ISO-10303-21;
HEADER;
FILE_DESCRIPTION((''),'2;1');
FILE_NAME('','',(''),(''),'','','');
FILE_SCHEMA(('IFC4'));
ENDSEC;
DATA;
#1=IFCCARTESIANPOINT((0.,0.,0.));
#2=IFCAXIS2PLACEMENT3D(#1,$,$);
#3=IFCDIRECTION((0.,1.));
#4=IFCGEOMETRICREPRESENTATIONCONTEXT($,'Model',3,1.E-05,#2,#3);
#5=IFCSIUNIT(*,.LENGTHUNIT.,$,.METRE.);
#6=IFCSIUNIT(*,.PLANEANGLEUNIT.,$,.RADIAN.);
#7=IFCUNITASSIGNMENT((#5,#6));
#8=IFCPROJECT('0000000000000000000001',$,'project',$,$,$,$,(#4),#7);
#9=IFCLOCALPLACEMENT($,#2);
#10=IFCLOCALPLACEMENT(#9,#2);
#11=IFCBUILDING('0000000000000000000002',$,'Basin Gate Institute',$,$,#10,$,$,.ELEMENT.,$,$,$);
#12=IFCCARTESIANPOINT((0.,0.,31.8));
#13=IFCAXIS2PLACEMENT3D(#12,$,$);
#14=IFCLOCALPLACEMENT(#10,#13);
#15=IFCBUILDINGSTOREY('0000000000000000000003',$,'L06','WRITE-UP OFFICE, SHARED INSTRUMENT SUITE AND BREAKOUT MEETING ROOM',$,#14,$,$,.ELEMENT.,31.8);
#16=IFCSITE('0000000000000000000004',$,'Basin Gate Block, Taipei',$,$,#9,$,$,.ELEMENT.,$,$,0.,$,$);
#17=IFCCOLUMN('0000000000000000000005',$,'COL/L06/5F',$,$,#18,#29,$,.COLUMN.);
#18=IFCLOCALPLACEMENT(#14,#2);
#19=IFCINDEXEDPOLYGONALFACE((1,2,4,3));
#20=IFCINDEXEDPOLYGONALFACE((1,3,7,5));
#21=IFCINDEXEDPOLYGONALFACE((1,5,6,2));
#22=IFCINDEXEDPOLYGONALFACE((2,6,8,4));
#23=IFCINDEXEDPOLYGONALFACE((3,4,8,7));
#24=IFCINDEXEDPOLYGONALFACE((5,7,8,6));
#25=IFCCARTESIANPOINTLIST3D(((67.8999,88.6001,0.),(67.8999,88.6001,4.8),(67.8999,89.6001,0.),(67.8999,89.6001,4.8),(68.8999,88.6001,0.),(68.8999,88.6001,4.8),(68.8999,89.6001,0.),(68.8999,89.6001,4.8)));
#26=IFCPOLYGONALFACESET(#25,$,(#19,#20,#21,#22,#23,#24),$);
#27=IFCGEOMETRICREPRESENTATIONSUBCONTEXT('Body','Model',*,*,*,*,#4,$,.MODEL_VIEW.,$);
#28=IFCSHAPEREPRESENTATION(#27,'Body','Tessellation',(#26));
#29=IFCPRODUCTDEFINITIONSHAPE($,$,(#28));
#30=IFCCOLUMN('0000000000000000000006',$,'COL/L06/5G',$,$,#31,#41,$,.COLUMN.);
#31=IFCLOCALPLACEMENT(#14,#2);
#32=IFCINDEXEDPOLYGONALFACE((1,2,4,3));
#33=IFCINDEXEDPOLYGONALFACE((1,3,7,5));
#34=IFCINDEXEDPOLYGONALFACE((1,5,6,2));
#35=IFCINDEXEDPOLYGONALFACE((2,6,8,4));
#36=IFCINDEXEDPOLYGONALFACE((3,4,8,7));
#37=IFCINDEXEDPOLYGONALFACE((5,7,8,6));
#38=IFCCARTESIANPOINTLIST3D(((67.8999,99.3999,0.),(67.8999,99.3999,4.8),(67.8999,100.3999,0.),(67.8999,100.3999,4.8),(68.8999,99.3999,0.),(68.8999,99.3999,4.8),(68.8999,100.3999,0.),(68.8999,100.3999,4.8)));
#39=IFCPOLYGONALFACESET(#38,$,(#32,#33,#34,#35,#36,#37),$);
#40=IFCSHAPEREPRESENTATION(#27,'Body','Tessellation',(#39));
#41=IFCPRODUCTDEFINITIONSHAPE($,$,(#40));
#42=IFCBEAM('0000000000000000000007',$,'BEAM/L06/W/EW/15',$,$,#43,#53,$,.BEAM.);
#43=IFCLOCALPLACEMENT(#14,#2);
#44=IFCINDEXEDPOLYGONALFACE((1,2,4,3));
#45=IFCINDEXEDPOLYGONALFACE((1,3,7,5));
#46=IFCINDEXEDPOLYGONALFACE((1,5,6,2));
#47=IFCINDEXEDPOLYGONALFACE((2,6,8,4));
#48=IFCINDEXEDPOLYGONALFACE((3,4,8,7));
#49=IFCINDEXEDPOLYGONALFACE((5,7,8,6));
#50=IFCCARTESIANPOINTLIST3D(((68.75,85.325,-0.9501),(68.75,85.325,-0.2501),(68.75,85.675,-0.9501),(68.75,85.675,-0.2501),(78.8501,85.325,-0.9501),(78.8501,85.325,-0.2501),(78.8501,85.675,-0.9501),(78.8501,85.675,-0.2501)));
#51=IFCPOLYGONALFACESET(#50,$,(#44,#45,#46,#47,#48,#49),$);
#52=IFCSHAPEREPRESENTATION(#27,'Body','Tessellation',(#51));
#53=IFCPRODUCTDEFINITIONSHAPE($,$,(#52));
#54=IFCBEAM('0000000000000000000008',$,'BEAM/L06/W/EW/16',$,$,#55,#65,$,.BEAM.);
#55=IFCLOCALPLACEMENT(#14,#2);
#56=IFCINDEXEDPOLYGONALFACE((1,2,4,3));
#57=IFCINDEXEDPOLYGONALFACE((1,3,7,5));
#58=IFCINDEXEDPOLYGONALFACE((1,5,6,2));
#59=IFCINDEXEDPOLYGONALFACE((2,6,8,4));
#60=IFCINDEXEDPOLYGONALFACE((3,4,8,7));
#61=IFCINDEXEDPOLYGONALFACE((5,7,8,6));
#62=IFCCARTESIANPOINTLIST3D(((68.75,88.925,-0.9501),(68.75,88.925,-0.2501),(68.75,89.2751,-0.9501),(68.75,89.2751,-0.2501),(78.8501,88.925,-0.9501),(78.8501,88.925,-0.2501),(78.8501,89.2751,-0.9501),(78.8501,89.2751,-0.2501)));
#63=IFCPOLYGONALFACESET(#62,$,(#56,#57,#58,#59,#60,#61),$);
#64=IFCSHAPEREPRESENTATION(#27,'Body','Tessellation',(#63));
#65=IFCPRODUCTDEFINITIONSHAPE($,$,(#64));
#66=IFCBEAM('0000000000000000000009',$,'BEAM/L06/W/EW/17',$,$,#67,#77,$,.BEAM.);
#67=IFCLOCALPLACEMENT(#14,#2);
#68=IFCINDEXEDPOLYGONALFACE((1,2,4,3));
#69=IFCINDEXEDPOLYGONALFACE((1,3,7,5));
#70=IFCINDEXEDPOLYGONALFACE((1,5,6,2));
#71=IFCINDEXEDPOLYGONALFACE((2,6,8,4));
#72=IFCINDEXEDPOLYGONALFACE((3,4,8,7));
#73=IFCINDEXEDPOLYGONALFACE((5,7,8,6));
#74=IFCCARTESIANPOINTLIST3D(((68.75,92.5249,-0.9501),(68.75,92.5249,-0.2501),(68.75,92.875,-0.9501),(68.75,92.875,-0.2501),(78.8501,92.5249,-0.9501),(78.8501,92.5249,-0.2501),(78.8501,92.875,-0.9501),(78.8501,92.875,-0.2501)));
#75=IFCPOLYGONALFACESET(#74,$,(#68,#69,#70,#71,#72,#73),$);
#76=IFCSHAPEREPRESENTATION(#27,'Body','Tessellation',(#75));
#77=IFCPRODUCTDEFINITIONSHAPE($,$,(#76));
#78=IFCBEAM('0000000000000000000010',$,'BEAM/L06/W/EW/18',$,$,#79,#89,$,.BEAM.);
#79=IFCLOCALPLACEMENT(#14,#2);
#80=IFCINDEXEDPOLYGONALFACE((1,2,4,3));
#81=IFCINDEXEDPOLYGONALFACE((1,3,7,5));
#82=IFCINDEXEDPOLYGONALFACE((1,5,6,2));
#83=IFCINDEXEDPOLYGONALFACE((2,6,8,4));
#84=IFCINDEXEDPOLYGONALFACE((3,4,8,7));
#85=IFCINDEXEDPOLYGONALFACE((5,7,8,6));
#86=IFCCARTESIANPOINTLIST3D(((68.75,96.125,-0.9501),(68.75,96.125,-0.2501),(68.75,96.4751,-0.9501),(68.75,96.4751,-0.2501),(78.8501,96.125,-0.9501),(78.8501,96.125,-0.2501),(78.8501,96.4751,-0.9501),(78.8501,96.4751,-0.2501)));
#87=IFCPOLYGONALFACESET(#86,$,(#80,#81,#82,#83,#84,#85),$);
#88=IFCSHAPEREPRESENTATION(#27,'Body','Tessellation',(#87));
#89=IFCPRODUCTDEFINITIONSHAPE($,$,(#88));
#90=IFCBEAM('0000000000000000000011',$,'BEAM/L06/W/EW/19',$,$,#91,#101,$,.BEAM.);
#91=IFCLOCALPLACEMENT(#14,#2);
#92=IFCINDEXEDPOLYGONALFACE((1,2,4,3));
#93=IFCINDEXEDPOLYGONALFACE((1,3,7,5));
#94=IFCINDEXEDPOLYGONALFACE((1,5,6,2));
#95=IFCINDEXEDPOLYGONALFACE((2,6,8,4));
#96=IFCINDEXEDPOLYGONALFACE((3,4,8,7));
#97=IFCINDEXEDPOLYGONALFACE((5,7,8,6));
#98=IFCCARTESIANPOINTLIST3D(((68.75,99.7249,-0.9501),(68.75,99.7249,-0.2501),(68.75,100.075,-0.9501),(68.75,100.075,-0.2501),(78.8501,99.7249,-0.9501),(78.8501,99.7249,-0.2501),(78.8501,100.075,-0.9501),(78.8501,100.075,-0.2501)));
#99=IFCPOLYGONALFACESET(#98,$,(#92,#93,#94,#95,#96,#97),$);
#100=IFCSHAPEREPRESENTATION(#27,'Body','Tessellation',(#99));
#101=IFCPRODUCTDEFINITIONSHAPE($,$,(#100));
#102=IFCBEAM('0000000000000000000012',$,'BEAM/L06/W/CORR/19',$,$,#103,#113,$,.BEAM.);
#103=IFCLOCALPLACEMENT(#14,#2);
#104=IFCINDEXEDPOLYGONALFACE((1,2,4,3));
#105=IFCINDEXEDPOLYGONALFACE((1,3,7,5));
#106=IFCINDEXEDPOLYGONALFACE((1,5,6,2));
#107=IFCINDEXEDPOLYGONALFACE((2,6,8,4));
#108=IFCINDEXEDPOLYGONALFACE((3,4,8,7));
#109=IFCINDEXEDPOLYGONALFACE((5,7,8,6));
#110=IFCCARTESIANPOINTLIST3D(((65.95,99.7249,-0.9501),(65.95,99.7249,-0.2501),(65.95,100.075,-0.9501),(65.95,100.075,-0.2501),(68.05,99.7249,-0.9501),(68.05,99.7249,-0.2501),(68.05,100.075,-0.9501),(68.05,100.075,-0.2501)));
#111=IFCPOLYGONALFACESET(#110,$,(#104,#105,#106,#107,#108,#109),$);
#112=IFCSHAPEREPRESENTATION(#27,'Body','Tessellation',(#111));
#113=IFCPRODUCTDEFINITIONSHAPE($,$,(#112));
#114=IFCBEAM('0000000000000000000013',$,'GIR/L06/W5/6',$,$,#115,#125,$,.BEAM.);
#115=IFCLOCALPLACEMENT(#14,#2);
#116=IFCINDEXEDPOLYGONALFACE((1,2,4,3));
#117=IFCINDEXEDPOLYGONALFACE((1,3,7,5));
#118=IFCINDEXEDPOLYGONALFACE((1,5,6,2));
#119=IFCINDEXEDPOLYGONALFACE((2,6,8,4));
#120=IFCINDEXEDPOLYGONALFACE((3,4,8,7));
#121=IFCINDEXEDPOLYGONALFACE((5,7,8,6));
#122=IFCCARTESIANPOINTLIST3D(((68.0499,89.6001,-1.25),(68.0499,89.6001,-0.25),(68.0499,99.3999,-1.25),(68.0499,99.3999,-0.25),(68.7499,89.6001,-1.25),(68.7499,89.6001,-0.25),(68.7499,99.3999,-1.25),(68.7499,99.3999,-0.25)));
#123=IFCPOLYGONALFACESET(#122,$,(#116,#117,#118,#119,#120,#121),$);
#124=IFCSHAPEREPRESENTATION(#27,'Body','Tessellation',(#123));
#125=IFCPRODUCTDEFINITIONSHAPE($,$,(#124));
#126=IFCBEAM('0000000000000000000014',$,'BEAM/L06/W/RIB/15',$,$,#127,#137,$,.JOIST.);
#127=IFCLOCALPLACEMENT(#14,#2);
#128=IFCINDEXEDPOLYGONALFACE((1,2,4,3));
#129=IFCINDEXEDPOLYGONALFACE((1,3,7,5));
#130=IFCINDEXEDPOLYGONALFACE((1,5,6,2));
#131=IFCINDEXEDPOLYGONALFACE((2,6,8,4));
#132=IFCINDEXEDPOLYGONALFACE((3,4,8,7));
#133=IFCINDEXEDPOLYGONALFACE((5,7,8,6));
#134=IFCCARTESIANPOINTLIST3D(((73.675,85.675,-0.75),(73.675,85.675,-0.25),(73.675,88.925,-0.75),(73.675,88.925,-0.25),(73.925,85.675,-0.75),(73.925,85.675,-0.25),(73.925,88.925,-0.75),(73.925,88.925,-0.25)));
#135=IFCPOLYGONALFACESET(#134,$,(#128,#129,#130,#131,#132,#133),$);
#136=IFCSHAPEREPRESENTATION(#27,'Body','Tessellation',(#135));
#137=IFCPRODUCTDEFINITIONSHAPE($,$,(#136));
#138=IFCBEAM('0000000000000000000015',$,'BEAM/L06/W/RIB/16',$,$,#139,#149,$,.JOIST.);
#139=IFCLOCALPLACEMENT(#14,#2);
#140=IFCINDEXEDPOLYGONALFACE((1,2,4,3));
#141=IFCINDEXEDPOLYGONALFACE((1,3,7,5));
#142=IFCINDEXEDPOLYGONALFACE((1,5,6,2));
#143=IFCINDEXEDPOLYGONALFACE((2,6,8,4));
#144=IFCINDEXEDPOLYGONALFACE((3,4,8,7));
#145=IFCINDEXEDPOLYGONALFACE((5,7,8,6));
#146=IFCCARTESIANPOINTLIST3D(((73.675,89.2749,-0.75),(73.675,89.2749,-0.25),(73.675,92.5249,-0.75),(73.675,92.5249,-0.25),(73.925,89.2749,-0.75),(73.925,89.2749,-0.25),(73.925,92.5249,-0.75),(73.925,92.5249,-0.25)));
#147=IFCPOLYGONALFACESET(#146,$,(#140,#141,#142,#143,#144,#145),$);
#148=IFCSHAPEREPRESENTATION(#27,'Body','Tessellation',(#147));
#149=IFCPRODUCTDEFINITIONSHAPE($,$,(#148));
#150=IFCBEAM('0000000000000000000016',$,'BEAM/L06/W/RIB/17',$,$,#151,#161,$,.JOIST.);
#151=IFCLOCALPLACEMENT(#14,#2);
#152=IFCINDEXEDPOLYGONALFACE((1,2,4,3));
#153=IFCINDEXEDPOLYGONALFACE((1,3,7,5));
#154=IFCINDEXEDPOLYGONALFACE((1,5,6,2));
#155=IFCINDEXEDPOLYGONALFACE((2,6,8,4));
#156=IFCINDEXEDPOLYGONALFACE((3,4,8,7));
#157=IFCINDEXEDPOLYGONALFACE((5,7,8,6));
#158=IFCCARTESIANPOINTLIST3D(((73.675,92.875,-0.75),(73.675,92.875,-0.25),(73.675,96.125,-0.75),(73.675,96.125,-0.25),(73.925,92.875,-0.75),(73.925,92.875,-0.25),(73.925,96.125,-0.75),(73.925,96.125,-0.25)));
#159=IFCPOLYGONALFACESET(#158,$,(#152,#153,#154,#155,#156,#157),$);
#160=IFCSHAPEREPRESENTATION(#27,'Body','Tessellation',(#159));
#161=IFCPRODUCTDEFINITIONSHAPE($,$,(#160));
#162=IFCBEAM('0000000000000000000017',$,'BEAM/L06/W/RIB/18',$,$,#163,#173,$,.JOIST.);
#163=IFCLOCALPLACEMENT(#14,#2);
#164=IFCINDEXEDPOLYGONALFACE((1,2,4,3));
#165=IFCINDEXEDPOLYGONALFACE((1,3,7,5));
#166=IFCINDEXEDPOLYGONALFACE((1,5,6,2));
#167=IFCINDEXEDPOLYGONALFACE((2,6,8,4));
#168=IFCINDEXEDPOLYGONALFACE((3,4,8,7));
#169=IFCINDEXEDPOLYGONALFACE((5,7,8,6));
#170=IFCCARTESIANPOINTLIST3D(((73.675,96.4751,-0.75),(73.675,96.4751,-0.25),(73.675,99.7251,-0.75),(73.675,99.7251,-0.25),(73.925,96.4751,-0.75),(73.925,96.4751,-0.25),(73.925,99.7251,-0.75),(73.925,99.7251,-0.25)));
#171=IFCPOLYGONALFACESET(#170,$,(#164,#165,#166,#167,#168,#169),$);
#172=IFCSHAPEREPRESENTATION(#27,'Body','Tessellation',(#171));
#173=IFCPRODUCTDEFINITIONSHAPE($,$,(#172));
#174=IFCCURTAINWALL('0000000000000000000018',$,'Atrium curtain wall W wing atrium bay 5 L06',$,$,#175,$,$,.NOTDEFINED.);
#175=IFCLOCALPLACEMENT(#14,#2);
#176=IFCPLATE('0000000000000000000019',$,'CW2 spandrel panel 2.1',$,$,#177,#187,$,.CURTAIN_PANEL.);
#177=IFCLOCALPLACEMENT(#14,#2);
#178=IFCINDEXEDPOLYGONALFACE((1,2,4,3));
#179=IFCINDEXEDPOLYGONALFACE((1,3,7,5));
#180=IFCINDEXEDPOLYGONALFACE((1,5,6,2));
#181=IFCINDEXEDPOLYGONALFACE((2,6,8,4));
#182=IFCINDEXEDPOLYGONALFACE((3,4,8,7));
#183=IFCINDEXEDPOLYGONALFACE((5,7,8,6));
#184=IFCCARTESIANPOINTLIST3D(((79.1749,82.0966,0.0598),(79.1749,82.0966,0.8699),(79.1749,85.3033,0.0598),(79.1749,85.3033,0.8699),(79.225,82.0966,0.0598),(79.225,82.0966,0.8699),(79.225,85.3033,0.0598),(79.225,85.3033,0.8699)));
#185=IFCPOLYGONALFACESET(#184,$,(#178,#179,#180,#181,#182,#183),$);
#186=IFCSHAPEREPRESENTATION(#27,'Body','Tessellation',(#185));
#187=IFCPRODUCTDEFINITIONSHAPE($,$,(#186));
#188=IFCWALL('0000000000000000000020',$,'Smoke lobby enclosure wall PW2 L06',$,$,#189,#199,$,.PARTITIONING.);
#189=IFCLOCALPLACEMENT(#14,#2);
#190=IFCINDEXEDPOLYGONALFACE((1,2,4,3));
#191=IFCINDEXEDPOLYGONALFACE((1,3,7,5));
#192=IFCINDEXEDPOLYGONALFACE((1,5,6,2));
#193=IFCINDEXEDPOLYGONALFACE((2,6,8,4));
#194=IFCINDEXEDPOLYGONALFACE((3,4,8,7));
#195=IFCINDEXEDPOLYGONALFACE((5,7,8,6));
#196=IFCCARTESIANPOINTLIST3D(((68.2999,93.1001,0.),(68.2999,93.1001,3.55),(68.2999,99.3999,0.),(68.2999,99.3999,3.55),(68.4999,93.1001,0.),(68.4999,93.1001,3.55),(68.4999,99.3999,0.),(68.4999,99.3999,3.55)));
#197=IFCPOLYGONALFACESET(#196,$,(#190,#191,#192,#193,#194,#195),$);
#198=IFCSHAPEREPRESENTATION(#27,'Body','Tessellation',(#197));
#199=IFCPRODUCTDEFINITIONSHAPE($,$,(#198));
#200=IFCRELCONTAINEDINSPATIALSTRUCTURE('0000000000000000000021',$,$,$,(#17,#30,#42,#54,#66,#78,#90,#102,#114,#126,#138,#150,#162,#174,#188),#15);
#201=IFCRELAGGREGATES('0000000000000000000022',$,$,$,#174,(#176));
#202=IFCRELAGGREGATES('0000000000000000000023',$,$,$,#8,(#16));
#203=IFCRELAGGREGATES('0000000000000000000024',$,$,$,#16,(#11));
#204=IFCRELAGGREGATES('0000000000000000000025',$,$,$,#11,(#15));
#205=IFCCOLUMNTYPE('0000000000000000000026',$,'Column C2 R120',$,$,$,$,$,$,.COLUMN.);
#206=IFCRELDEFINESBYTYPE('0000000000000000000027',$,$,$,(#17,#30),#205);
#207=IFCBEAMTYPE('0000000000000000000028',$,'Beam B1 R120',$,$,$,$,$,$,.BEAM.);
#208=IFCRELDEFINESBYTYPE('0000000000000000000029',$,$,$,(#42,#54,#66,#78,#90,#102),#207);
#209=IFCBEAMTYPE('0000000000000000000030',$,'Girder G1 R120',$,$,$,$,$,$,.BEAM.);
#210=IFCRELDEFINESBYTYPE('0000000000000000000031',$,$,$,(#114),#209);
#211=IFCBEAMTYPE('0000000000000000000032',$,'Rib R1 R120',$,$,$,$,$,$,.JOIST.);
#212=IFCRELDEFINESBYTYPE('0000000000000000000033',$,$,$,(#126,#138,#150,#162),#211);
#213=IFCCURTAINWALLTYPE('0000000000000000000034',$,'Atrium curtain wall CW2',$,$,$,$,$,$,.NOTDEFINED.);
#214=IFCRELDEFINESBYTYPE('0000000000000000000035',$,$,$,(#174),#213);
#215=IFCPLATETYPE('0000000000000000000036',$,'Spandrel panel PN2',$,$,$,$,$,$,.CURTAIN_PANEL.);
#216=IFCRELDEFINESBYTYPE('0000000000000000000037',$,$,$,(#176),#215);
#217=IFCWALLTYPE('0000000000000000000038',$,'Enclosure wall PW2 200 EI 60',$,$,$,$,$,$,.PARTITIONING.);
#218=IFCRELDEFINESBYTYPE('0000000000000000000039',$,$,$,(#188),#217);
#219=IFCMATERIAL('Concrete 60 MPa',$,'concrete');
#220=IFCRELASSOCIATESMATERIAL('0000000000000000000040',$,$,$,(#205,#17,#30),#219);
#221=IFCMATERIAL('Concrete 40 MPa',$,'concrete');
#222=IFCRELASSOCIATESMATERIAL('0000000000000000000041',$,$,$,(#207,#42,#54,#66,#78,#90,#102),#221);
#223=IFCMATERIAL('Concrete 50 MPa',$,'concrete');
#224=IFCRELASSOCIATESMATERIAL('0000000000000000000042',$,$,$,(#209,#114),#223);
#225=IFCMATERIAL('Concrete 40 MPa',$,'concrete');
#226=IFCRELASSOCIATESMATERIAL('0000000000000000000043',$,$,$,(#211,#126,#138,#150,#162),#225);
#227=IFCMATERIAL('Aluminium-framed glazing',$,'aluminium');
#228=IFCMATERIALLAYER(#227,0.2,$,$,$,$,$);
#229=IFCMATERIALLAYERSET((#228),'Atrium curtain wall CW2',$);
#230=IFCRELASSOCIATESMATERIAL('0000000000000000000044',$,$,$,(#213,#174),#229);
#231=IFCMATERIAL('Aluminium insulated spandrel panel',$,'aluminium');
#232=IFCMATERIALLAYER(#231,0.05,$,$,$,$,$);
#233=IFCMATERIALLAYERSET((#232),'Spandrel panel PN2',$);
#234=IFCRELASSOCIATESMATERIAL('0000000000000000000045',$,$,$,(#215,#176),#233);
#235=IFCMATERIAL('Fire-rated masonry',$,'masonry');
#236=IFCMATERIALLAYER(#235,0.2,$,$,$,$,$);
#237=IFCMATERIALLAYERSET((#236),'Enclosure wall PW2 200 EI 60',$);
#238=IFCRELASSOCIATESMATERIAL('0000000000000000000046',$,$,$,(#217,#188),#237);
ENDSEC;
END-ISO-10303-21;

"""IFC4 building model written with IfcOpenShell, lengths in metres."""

from ifc_helpers import new_model, si_unit, direction, frame, frame_2d, origin, origin_2d, place, context, subcontext, project, spatial, rectangle, extrude, material, layer, layer_set, material_profile, profile_set, type_object, element, aggregate, save


model = new_model("IFC4")

# Units and contexts
model_context = context("Model", 3, precision=1e-05, world=origin(), true_north=direction((0.0, 1.0)))
body_context = subcontext(model_context, "Body", "Model", "MODEL_VIEW")
ifc_project = project(units=[si_unit("LENGTHUNIT", "METRE"), si_unit("PLANEANGLEUNIT", "RADIAN")], contexts=[model_context])

# Site, building, storey
site_placement = place(None, origin())
site = spatial("IfcSite", under=ifc_project, at=site_placement, Name="Basin Gate Block, Taipei", CompositionType="ELEMENT", RefElevation=0.0)
building_placement = place(site_placement, origin())
building = spatial("IfcBuilding", under=site, at=building_placement, Name="Basin Gate Institute", CompositionType="ELEMENT")
storey_placement = place(building_placement, frame((0.0, 0.0, 31.8)))
storey = spatial("IfcBuildingStorey", under=building, at=storey_placement, Name="L06", Description="WRITE-UP OFFICE, SHARED INSTRUMENT SUITE AND BREAKOUT MEETING ROOM", CompositionType="ELEMENT", Elevation=31.8)

# Columns
ifc_material_1 = material(Name="Concrete 60 MPa", Category="concrete")
ifc_material_profile_1 = material_profile(ifc_material_1, rectangle(XDim=1.0, YDim=1.0, at=origin_2d()), Name="Column C2 1000 x 1000")
ifc_profile_set_1 = profile_set([ifc_material_profile_1], Name="Concrete 60 MPa")
column_type = type_object("IfcColumnType", Name="Column C2 R120", PredefinedType="COLUMN", material=ifc_profile_set_1)
for number, where, z_axis, x_axis, name in (
    (1, (68.3999, 89.1001, 0.0), (0.0, 0.0, 1.0), (1.0, 0.0, 0.0), "COL/L06/5F"),
    (2, (68.3999, 99.8999, 0.0), (0.0, 0.0, 1.0), (1.0, 0.0, 0.0), "COL/L06/5G"),
):
    element("IfcColumn", number, at=place(storey_placement, frame(where, z_axis=z_axis, x_axis=x_axis)), inside=storey, type_object=column_type, material=ifc_profile_set_1, Name=name, PredefinedType="COLUMN", context=body_context, shape_type="SweptSolid", body=[
        extrude(rectangle(XDim=1.0, YDim=1.0, at=origin_2d()), origin(), (0.0, 0.0, 1.0), 4.8),
    ])

# Beams
ifc_material_2 = material(Name="Concrete 40 MPa", Category="concrete")
ifc_material_profile_2 = material_profile(ifc_material_2, rectangle(XDim=0.3501, YDim=0.7, at=origin_2d()), Name="Beam B1 350 x 700")
ifc_profile_set_2 = profile_set([ifc_material_profile_2], Name="Concrete 40 MPa")
beam_type_1 = type_object("IfcBeamType", Name="Beam B1 R120", PredefinedType="BEAM", material=ifc_profile_set_2)
for number, where, z_axis, x_axis, name in (
    (3, (68.75, 85.5, -0.6001), (1.0, 0.0, 0.0), (0.0, 1.0, 0.0), "BEAM/L06/W/EW/15"),
    (4, (68.75, 89.1001, -0.6001), (1.0, 0.0, 0.0), (0.0, 1.0, 0.0), "BEAM/L06/W/EW/16"),
    (5, (68.75, 92.7, -0.6001), (1.0, 0.0, 0.0), (0.0, 1.0, 0.0), "BEAM/L06/W/EW/17"),
    (6, (68.75, 96.3, -0.6001), (1.0, 0.0, 0.0), (0.0, 1.0, 0.0), "BEAM/L06/W/EW/18"),
    (7, (68.75, 99.8999, -0.6001), (1.0, 0.0, 0.0), (0.0, 1.0, 0.0), "BEAM/L06/W/EW/19"),
):
    element("IfcBeam", number, at=place(storey_placement, frame(where, z_axis=z_axis, x_axis=x_axis)), inside=storey, type_object=beam_type_1, material=ifc_profile_set_2, Name=name, PredefinedType="BEAM", context=body_context, shape_type="SweptSolid", body=[
        extrude(rectangle(XDim=0.3501, YDim=0.7, at=origin_2d()), origin(), (0.0, 0.0, 1.0), 10.1001),
    ])
beam_1_placement = place(storey_placement, frame((65.95, 99.8999, -0.6001), z_axis=(1.0, 0.0, 0.0), x_axis=(0.0, 1.0, 0.0)))
element("IfcBeam", 8, at=beam_1_placement, inside=storey, type_object=beam_type_1, material=ifc_profile_set_2, Name="BEAM/L06/W/CORR/19", PredefinedType="BEAM", context=body_context, shape_type="SweptSolid", body=[
    extrude(rectangle(XDim=0.3501, YDim=0.7, at=origin_2d()), origin(), (0.0, 0.0, 1.0), 2.1001),
])
ifc_material_3 = material(Name="Concrete 50 MPa", Category="concrete")
ifc_material_profile_3 = material_profile(ifc_material_3, rectangle(XDim=0.7, YDim=1.0, at=origin_2d()), Name="Girder G1 700 x 1000")
ifc_profile_set_3 = profile_set([ifc_material_profile_3], Name="Concrete 50 MPa")
beam_type_2 = type_object("IfcBeamType", Name="Girder G1 R120", PredefinedType="BEAM", material=ifc_profile_set_3)
beam_2_placement = place(storey_placement, frame((68.3999, 89.6001, -0.75), z_axis=(0.0, 1.0, 0.0), x_axis=(-1.0, 0.0, 0.0)))
element("IfcBeam", 9, at=beam_2_placement, inside=storey, type_object=beam_type_2, material=ifc_profile_set_3, Name="GIR/L06/W5/6", PredefinedType="BEAM", context=body_context, shape_type="SweptSolid", body=[
    extrude(rectangle(XDim=0.7, YDim=1.0, at=origin_2d()), origin(), (0.0, 0.0, 1.0), 9.7998),
])
ifc_material_4 = material(Name="Concrete 40 MPa", Category="concrete")
ifc_material_profile_4 = material_profile(ifc_material_4, rectangle(XDim=0.25, YDim=0.5, at=origin_2d()), Name="Rib R1 250 x 500")
ifc_profile_set_4 = profile_set([ifc_material_profile_4], Name="Concrete 40 MPa")
beam_type_3 = type_object("IfcBeamType", Name="Rib R1 R120", PredefinedType="JOIST", material=ifc_profile_set_4)
for number, where, z_axis, x_axis, name in (
    (10, (73.8, 85.675, -0.5), (0.0, 1.0, 0.0), (-1.0, 0.0, 0.0), "BEAM/L06/W/RIB/15"),
    (11, (73.8, 89.2749, -0.5), (0.0, 1.0, 0.0), (-1.0, 0.0, 0.0), "BEAM/L06/W/RIB/16"),
    (12, (73.8, 92.875, -0.5), (0.0, 1.0, 0.0), (-1.0, 0.0, 0.0), "BEAM/L06/W/RIB/17"),
    (13, (73.8, 96.4751, -0.5), (0.0, 1.0, 0.0), (-1.0, 0.0, 0.0), "BEAM/L06/W/RIB/18"),
):
    element("IfcBeam", number, at=place(storey_placement, frame(where, z_axis=z_axis, x_axis=x_axis)), inside=storey, type_object=beam_type_3, material=ifc_profile_set_4, Name=name, PredefinedType="JOIST", context=body_context, shape_type="SweptSolid", body=[
        extrude(rectangle(XDim=0.25, YDim=0.5, at=origin_2d()), origin(), (0.0, 0.0, 1.0), 3.25),
    ])

# Curtain wall, plate
ifc_material_5 = material(Name="Aluminium-framed glazing", Category="aluminium")
ifc_layer_1 = layer(ifc_material_5, 0.2)
ifc_layer_set_1 = layer_set([ifc_layer_1], Name="Atrium curtain wall CW2")
curtain_wall_type = type_object("IfcCurtainWallType", Name="Atrium curtain wall CW2", PredefinedType="NOTDEFINED", material=ifc_layer_set_1)
curtain_wall_placement = place(storey_placement, origin())
curtain_wall = element("IfcCurtainWall", 14, at=curtain_wall_placement, inside=storey, type_object=curtain_wall_type, material=ifc_layer_set_1, Name="Atrium curtain wall W wing atrium bay 5 L06", PredefinedType="NOTDEFINED")
ifc_material_6 = material(Name="Aluminium insulated spandrel panel", Category="aluminium")
ifc_layer_2 = layer(ifc_material_6, 0.05)
ifc_layer_set_2 = layer_set([ifc_layer_2], Name="Spandrel panel PN2")
plate_type = type_object("IfcPlateType", Name="Spandrel panel PN2", PredefinedType="CURTAIN_PANEL", material=ifc_layer_set_2)
plate_placement = place(storey_placement, frame((79.2, 83.7, 0.0598), z_axis=(0.0, 0.0, 1.0), x_axis=(0.0, 1.0, 0.0)))
plate = element("IfcPlate", 15, at=plate_placement, type_object=plate_type, material=ifc_layer_set_2, Name="CW2 spandrel panel 2.1", PredefinedType="CURTAIN_PANEL", context=body_context, shape_type="SweptSolid", body=[
    extrude(rectangle(XDim=3.2068, YDim=0.05, at=origin_2d()), origin(), (0.0, 0.0, 1.0), 0.8101),
])
aggregate(curtain_wall, [plate])

# Wall
ifc_material_7 = material(Name="Fire-rated masonry", Category="masonry")
ifc_layer_3 = layer(ifc_material_7, 0.2)
ifc_layer_set_3 = layer_set([ifc_layer_3], Name="Enclosure wall PW2 200 EI 60")
wall_type_1 = type_object("IfcWallType", Name="Enclosure wall PW2 200 EI 60", PredefinedType="PARTITIONING", material=ifc_layer_set_3)
wall_1_placement = place(storey_placement, frame((68.3999, 93.1001, 0.0), z_axis=(0.0, 0.0, 1.0), x_axis=(0.0, 1.0, 0.0)))
element("IfcWall", 16, at=wall_1_placement, inside=storey, type_object=wall_type_1, material=ifc_layer_set_3, Name="Smoke lobby enclosure wall PW2 L06", PredefinedType="PARTITIONING", context=body_context, shape_type="SweptSolid", body=[
    extrude(rectangle(XDim=6.2998, YDim=0.2, at=frame_2d((3.1499, 0.0))), origin(), (0.0, 0.0, 1.0), 3.55),
])

save(model, "model.ifc")
